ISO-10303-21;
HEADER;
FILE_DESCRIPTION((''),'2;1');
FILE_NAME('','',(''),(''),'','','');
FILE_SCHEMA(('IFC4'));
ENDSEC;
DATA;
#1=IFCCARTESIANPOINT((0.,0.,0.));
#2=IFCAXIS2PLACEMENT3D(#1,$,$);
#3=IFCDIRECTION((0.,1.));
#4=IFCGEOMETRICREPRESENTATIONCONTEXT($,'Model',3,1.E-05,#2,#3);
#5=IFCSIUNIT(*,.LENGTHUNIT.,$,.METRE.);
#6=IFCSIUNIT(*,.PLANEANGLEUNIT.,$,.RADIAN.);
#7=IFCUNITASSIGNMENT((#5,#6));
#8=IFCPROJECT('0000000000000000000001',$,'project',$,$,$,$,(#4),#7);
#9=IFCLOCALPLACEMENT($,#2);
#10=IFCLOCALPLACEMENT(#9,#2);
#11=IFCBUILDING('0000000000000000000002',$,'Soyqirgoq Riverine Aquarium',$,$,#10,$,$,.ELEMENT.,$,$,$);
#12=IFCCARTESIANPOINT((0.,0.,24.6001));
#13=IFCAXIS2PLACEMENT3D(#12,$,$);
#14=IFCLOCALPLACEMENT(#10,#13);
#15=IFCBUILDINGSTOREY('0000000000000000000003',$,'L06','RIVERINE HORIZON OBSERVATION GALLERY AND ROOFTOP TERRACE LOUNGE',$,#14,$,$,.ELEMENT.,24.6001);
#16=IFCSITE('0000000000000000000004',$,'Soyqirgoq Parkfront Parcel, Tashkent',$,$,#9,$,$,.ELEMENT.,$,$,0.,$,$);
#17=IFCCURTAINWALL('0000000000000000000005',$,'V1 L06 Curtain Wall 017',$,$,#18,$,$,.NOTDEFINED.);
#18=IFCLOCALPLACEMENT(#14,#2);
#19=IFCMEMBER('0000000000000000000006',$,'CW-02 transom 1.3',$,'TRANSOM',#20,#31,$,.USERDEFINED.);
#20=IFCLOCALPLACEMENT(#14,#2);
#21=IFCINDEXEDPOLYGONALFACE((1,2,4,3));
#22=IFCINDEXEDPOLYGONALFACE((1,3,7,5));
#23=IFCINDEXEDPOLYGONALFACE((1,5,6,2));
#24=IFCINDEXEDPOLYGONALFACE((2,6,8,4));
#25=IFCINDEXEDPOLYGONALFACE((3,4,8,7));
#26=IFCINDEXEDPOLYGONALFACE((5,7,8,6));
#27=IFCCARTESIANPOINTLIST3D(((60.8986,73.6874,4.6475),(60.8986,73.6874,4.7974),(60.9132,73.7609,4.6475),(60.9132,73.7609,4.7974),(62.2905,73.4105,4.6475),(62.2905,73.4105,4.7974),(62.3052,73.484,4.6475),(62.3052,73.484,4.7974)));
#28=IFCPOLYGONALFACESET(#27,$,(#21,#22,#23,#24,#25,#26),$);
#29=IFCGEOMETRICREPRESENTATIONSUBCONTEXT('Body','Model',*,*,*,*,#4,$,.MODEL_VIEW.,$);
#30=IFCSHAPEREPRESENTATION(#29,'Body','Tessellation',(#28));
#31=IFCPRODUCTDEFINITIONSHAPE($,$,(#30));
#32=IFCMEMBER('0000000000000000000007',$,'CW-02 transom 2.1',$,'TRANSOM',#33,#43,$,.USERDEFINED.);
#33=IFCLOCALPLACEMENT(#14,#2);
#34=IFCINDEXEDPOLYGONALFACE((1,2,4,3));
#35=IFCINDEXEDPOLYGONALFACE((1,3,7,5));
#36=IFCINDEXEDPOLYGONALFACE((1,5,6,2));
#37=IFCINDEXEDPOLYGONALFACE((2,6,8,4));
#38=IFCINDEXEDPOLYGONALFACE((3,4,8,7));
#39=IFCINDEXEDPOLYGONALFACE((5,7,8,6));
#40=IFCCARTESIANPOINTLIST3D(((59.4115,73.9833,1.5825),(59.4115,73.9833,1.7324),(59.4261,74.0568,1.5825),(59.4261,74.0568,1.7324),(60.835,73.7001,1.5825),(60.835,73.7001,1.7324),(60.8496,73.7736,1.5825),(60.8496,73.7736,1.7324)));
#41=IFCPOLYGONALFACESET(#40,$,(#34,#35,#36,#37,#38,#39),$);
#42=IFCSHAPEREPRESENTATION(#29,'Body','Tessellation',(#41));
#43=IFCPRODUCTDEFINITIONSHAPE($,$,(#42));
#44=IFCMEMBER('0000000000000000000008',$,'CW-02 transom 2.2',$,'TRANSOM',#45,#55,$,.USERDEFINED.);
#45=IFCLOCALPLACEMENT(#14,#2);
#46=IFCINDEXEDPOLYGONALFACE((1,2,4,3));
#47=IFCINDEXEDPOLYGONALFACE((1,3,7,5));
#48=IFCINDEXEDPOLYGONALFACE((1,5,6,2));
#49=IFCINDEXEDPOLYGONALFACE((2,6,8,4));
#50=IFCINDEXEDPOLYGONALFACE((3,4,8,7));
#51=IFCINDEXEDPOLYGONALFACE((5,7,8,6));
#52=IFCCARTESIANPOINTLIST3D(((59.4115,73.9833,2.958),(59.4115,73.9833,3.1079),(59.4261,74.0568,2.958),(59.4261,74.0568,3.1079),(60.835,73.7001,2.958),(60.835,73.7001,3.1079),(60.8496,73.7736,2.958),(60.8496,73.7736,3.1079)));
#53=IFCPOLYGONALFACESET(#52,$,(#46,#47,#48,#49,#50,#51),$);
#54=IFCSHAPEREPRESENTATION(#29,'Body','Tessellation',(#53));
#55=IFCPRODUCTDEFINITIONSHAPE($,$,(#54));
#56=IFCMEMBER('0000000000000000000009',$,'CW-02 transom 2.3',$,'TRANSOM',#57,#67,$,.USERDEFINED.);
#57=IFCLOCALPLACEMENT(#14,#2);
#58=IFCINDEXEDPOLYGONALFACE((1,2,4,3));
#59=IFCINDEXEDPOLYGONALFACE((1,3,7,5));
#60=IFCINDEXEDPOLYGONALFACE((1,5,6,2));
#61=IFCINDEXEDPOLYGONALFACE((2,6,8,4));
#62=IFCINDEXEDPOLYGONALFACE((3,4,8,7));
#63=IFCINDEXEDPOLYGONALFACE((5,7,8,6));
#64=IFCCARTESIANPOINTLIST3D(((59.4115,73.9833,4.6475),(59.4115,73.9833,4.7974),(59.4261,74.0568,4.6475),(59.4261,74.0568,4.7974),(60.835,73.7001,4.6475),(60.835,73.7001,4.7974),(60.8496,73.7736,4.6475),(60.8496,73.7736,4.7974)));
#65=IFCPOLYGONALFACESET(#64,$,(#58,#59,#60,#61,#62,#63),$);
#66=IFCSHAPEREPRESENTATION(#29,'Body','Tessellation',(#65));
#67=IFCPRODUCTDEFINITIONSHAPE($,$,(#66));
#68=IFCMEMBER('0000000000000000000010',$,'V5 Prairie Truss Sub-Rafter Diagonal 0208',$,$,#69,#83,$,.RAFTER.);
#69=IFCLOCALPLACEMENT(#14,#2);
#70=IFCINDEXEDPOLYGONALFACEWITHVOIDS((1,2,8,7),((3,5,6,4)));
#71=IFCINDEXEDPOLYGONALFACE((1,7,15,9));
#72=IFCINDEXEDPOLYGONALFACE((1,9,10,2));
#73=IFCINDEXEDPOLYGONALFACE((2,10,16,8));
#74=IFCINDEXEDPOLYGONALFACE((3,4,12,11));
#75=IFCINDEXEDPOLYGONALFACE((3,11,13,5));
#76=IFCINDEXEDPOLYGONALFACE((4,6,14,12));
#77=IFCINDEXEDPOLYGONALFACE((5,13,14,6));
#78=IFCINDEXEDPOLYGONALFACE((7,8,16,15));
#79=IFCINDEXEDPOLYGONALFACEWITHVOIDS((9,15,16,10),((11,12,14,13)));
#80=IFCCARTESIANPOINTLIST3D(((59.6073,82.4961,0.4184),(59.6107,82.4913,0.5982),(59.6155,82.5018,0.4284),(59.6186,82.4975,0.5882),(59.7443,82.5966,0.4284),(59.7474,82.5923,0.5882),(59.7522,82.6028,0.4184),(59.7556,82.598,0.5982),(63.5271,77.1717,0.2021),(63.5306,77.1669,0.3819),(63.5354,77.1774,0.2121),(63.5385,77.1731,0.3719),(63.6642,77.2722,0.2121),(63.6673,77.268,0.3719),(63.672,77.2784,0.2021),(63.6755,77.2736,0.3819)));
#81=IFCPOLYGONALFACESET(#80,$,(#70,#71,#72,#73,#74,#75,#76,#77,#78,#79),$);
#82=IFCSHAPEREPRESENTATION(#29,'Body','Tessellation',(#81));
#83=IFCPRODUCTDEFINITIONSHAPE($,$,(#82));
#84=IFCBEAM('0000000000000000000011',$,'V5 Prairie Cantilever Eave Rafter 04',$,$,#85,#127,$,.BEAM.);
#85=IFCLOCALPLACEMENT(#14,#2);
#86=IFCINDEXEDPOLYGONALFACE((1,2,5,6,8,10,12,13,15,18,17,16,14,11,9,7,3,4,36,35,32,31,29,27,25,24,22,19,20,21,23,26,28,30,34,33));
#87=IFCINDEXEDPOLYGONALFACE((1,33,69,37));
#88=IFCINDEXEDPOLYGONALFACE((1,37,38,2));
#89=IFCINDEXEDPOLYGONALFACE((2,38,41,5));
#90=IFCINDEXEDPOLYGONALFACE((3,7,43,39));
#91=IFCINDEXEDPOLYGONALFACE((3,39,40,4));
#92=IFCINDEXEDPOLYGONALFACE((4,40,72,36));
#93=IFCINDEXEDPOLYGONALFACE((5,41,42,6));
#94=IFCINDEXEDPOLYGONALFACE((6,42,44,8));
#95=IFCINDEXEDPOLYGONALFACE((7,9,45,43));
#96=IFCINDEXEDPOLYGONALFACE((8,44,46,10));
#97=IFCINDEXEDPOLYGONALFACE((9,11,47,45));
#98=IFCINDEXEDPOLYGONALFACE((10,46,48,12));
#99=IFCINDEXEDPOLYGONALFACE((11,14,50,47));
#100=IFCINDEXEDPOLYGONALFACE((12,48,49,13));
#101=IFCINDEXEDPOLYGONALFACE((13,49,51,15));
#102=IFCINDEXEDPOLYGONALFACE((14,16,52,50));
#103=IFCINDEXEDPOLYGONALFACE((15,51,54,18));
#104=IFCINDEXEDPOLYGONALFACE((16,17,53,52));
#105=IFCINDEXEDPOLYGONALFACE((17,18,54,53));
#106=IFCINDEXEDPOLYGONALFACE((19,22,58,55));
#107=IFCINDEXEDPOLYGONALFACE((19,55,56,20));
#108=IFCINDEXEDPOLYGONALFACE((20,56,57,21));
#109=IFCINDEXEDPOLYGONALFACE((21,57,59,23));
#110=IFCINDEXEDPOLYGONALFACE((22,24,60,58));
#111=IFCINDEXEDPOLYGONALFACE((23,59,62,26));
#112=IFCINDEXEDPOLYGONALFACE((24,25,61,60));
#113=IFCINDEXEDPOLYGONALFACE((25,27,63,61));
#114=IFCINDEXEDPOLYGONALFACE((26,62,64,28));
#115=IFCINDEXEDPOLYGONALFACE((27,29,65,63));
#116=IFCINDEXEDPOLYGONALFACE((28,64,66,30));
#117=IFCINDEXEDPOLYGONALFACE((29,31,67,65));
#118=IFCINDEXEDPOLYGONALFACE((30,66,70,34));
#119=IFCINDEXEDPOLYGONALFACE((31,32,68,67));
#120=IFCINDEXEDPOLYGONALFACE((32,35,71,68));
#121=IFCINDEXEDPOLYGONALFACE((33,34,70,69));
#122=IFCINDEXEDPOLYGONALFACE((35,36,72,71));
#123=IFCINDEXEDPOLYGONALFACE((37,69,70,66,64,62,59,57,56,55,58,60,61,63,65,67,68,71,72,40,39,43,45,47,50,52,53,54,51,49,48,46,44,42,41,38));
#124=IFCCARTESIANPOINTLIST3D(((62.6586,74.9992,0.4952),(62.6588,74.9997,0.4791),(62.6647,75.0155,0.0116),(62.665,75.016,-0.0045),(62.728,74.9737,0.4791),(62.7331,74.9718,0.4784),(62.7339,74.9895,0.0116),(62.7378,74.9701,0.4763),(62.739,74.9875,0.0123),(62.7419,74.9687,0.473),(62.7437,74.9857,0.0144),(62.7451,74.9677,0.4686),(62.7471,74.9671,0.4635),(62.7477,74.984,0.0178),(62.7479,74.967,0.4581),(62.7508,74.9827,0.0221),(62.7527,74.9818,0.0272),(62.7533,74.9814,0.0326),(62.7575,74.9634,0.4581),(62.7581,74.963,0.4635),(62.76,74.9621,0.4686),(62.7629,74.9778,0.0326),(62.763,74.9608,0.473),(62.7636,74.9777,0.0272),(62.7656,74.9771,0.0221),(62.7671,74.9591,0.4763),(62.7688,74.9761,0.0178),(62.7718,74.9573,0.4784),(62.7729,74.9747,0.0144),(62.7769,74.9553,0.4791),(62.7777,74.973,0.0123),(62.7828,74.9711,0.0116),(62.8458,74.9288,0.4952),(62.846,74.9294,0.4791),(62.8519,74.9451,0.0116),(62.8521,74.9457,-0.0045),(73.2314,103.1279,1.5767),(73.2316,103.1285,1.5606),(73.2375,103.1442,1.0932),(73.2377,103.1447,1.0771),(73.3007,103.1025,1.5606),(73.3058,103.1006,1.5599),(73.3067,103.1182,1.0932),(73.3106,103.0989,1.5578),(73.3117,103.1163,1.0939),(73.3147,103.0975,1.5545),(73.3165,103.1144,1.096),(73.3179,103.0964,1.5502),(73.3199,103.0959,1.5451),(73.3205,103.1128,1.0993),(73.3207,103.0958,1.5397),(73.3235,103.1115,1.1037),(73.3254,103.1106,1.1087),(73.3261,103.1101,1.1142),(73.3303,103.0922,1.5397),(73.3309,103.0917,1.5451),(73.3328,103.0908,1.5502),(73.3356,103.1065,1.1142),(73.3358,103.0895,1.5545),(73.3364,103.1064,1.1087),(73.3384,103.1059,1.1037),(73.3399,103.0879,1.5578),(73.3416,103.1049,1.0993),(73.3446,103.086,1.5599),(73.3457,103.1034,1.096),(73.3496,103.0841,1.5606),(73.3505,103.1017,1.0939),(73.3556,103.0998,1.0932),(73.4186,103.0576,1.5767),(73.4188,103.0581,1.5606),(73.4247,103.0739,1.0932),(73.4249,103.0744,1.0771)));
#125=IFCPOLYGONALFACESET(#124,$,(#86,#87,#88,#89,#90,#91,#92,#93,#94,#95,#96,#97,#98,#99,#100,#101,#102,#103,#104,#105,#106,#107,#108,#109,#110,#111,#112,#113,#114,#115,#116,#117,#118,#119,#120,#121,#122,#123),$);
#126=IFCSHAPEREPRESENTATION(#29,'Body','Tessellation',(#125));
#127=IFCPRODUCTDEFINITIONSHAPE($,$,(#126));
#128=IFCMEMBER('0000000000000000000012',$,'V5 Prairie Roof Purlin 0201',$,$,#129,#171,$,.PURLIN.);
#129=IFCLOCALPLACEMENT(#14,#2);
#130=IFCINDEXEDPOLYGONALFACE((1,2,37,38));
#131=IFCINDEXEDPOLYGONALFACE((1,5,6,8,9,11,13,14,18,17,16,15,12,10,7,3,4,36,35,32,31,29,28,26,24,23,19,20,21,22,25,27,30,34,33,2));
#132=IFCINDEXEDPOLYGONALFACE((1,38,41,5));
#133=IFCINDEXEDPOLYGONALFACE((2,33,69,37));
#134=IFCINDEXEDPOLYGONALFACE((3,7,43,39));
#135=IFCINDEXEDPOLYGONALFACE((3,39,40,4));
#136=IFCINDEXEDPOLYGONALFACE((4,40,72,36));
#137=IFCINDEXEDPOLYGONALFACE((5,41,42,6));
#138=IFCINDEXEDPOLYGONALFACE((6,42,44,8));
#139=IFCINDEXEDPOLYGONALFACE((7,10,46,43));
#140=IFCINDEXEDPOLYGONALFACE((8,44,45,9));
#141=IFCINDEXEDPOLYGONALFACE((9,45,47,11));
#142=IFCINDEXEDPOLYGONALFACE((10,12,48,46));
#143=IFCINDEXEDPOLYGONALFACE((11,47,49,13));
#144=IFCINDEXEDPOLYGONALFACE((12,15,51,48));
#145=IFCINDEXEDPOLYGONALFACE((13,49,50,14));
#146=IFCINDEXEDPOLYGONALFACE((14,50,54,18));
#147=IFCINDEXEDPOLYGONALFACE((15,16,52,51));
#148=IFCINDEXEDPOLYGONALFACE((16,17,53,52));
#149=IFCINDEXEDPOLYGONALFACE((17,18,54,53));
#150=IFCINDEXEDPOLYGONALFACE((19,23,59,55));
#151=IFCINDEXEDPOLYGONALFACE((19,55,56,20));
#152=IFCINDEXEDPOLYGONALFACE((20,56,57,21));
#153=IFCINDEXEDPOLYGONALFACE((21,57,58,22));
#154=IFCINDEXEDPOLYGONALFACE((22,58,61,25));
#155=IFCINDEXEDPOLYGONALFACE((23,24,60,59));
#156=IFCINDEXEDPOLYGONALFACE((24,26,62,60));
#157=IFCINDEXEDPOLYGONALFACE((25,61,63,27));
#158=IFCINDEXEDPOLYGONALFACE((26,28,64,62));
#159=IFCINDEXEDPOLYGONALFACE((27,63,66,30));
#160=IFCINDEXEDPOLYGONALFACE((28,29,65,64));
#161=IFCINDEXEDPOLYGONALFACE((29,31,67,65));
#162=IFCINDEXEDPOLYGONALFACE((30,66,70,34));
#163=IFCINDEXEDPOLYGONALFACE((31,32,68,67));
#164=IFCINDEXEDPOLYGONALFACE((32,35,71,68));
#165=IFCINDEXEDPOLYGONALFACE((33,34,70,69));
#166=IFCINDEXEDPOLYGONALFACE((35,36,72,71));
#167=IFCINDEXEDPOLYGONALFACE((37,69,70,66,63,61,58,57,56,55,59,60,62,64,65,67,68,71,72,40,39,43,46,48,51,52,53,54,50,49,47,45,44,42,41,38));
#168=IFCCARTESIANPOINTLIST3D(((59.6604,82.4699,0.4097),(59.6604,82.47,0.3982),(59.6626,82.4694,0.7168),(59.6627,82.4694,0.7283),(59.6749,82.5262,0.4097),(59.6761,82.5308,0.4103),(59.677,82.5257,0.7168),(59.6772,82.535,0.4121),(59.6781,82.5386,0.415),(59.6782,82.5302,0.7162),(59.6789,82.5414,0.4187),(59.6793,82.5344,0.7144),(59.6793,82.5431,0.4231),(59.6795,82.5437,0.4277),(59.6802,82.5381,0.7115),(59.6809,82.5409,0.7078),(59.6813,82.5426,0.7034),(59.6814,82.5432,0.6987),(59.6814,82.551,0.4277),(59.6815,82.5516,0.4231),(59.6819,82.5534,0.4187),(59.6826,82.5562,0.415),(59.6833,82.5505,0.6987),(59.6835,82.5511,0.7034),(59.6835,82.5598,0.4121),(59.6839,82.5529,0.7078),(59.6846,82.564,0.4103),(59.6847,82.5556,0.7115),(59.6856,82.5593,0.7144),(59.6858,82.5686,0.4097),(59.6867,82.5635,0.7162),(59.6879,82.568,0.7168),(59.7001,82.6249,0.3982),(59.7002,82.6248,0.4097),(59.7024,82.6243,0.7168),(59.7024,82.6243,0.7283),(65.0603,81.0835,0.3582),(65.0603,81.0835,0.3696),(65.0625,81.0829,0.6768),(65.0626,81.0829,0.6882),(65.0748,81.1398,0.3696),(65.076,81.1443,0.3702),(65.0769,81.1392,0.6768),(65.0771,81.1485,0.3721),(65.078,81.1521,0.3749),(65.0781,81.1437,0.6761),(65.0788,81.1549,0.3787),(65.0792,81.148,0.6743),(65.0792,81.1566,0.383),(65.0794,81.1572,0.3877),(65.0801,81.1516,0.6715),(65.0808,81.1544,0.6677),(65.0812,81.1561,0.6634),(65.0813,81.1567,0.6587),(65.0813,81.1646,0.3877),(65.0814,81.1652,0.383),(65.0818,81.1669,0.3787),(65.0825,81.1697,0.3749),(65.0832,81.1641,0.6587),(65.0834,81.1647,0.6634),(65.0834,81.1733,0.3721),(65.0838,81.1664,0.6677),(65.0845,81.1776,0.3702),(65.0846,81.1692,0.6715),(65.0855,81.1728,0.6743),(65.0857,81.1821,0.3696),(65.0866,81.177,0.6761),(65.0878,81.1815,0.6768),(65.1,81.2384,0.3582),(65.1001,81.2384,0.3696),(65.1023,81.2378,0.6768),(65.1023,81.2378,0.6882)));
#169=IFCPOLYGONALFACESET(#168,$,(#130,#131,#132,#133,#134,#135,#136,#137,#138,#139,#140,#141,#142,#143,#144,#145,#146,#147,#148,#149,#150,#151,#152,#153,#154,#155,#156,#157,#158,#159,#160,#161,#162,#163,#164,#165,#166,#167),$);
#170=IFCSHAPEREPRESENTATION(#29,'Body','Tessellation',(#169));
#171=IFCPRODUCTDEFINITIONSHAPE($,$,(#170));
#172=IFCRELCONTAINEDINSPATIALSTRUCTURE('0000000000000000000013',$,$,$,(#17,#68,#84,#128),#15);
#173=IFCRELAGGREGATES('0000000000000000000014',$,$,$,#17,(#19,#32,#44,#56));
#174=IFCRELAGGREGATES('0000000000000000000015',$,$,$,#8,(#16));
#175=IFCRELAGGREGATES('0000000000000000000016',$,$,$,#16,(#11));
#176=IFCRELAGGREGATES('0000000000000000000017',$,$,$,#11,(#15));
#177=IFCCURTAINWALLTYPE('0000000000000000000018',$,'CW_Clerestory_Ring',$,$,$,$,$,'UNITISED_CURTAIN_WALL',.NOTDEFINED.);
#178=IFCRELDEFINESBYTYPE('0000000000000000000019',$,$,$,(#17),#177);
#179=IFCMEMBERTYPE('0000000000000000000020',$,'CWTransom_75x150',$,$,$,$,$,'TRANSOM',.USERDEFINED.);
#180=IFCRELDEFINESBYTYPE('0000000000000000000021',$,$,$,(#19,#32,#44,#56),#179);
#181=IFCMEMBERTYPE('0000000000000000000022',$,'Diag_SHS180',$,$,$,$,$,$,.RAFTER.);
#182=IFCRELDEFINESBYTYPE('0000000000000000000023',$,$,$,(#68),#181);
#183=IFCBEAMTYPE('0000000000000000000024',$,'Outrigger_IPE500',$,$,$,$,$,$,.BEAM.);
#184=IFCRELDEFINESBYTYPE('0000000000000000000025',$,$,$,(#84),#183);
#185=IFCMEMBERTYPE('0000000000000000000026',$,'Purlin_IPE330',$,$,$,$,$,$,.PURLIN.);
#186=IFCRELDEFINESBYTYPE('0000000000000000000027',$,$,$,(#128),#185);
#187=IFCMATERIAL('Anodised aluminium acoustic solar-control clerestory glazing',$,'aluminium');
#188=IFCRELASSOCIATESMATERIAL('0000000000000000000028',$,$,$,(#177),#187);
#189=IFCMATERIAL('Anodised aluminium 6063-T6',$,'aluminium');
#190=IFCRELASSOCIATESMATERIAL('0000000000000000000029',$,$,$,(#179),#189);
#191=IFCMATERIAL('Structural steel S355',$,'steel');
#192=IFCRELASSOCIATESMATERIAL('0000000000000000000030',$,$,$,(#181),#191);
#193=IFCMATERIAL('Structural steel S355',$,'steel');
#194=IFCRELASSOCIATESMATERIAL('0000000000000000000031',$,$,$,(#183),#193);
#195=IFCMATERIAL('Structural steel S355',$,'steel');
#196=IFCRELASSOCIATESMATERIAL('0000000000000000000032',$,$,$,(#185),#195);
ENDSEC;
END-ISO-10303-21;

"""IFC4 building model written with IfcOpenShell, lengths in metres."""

from ifc_helpers import new_model, si_unit, direction, frame, origin, origin_2d, place, context, subcontext, project, spatial, rectangle, hollow_rectangle, i_section, extrude, material, material_profile, profile_set, type_object, element, aggregate, save


model = new_model("IFC4")

# Units and contexts
model_context = context("Model", 3, precision=1e-05, world=origin(), true_north=direction((0.0, 1.0)))
body_context = subcontext(model_context, "Body", "Model", "MODEL_VIEW")
ifc_project = project(units=[si_unit("LENGTHUNIT", "METRE"), si_unit("PLANEANGLEUNIT", "RADIAN")], contexts=[model_context])

# Site, building, storey
site_placement = place(None, origin())
site = spatial("IfcSite", under=ifc_project, at=site_placement, Name="Soyqirgoq Parkfront Parcel, Tashkent", CompositionType="ELEMENT", RefElevation=0.0)
building_placement = place(site_placement, origin())
building = spatial("IfcBuilding", under=site, at=building_placement, Name="Soyqirgoq Riverine Aquarium", CompositionType="ELEMENT")
storey_placement = place(building_placement, frame((0.0, 0.0, 24.6001)))
storey = spatial("IfcBuildingStorey", under=building, at=storey_placement, Name="L06", Description="RIVERINE HORIZON OBSERVATION GALLERY AND ROOFTOP TERRACE LOUNGE", CompositionType="ELEMENT", Elevation=24.6001)

# Curtain wall
ifc_material_1 = material(Name="Anodised aluminium acoustic solar-control clerestory glazing", Category="aluminium")
curtain_wall_type = type_object("IfcCurtainWallType", Name="CW_Clerestory_Ring", ElementType="UNITISED_CURTAIN_WALL", PredefinedType="NOTDEFINED", material=ifc_material_1)
curtain_wall_1_placement = place(storey_placement, origin())
curtain_wall_1 = element("IfcCurtainWall", 1, at=curtain_wall_1_placement, inside=storey, type_object=curtain_wall_type, Name="V1 L06 Curtain Wall 017", PredefinedType="NOTDEFINED")

# Members
ifc_material_2 = material(Name="Anodised aluminium 6063-T6", Category="aluminium")
ifc_material_profile_1 = material_profile(ifc_material_2, rectangle(XDim=0.075, YDim=0.1499, at=origin_2d()), Name="ALU-T 75x150")
ifc_profile_set_1 = profile_set([ifc_material_profile_1], Name="Anodised aluminium 6063-T6")
member_type_1 = type_object("IfcMemberType", Name="CWTransom_75x150", ElementType="TRANSOM", PredefinedType="USERDEFINED", material=ifc_profile_set_1)
member_1_placement = place(storey_placement, frame((62.2979, 73.4473, 4.7224), z_axis=(-0.980785, 0.19509, 0.0), x_axis=(-0.19509, -0.980785, 0.0)))
member_1 = element("IfcMember", 2, at=member_1_placement, type_object=member_type_1, Name="CW-02 transom 1.3", ObjectType="TRANSOM", PredefinedType="USERDEFINED", context=body_context, shape_type="SweptSolid", body=[
    extrude(rectangle(XDim=0.075, YDim=0.1499, at=origin_2d()), origin(), (0.0, 0.0, 1.0), 1.4192),
])
member_2_placement = place(storey_placement, frame((60.8423, 73.7368, 1.6575), z_axis=(-0.980781, 0.195113, 0.0), x_axis=(-0.195113, -0.980781, 0.0)))
member_2 = element("IfcMember", 3, at=member_2_placement, type_object=member_type_1, Name="CW-02 transom 2.1", ObjectType="TRANSOM", PredefinedType="USERDEFINED", context=body_context, shape_type="SweptSolid", body=[
    extrude(rectangle(XDim=0.075, YDim=0.1499, at=origin_2d()), origin(), (0.0, 0.0, 1.0), 1.4514),
])
member_3_placement = place(storey_placement, frame((60.8423, 73.7368, 3.033), z_axis=(-0.980781, 0.195113, 0.0), x_axis=(-0.195113, -0.980781, 0.0)))
member_3 = element("IfcMember", 4, at=member_3_placement, type_object=member_type_1, Name="CW-02 transom 2.2", ObjectType="TRANSOM", PredefinedType="USERDEFINED", context=body_context, shape_type="SweptSolid", body=[
    extrude(rectangle(XDim=0.075, YDim=0.1499, at=origin_2d()), origin(), (0.0, 0.0, 1.0), 1.4514),
])
member_4_placement = place(storey_placement, frame((60.8423, 73.7368, 4.7224), z_axis=(-0.980781, 0.195113, 0.0), x_axis=(-0.195113, -0.980781, 0.0)))
member_4 = element("IfcMember", 5, at=member_4_placement, type_object=member_type_1, Name="CW-02 transom 2.3", ObjectType="TRANSOM", PredefinedType="USERDEFINED", context=body_context, shape_type="SweptSolid", body=[
    extrude(rectangle(XDim=0.075, YDim=0.1499, at=origin_2d()), origin(), (0.0, 0.0, 1.0), 1.4514),
])
ifc_material_3 = material(Name="Structural steel S355", Category="steel")
ifc_material_profile_2 = material_profile(ifc_material_3, hollow_rectangle(XDim=0.1799, YDim=0.1799, WallThickness=0.01, at=origin_2d()), Name="SHS 180x180x10")
ifc_profile_set_2 = profile_set([ifc_material_profile_2], Name="Structural steel S355")
member_type_2 = type_object("IfcMemberType", Name="Diag_SHS180", PredefinedType="RAFTER", material=ifc_profile_set_2)
member_5_placement = place(storey_placement, frame((63.6013, 77.2227, 0.292), z_axis=(-0.592552, 0.804868, 0.032698), x_axis=(-0.805299, -0.592869, 0.0)))
element("IfcMember", 6, at=member_5_placement, inside=storey, type_object=member_type_2, Name="V5 Prairie Truss Sub-Rafter Diagonal 0208", PredefinedType="RAFTER", context=body_context, shape_type="SweptSolid", body=[
    extrude(hollow_rectangle(XDim=0.1799, YDim=0.1799, WallThickness=0.01, at=origin_2d()), origin(), (0.0, 0.0, 1.0), 6.6152),
])

# Beam
ifc_material_4 = material(Name="Structural steel S355", Category="steel")
ifc_material_profile_3 = material_profile(ifc_material_4, i_section(OverallWidth=0.2, OverallDepth=0.5, WebThickness=0.0103, FlangeThickness=0.0161, FilletRadius=0.021, at=origin_2d()), Name="IPE 500")
ifc_profile_set_3 = profile_set([ifc_material_profile_3], Name="Structural steel S355")
beam_type_1 = type_object("IfcBeamType", Name="Outrigger_IPE500", PredefinedType="BEAM", material=ifc_profile_set_3)
beam_1_placement = place(storey_placement, frame((62.7554, 74.9724, 0.2454), z_axis=(0.351611, 0.935455, 0.035968), x_axis=(-0.936061, 0.351838, 0.0)))
element("IfcBeam", 7, at=beam_1_placement, inside=storey, type_object=beam_type_1, Name="V5 Prairie Cantilever Eave Rafter 04", PredefinedType="BEAM", context=body_context, shape_type="SweptSolid", body=[
    extrude(i_section(OverallWidth=0.2, OverallDepth=0.5, WebThickness=0.0103, FlangeThickness=0.0161, FilletRadius=0.021, at=origin_2d()), origin(), (0.0, 0.0, 1.0), 30.0696),
])

# Member
ifc_material_5 = material(Name="Structural steel S355", Category="steel")
ifc_material_profile_4 = material_profile(ifc_material_5, i_section(OverallWidth=0.1599, OverallDepth=0.3301, WebThickness=0.0076, FlangeThickness=0.0115, FilletRadius=0.0181, at=origin_2d()), Name="IPE 330")
ifc_profile_set_4 = profile_set([ifc_material_profile_4], Name="Structural steel S355")
member_type_3 = type_object("IfcMemberType", Name="Purlin_IPE330", PredefinedType="PURLIN", material=ifc_profile_set_4)
member_6_placement = place(storey_placement, frame((65.0813, 81.1606, 0.5232), z_axis=(-0.968558, 0.248686, 0.007182), x_axis=(-0.248692, -0.968582, 0.0)))
element("IfcMember", 8, at=member_6_placement, inside=storey, type_object=member_type_3, Name="V5 Prairie Roof Purlin 0201", PredefinedType="PURLIN", context=body_context, shape_type="SweptSolid", body=[
    extrude(i_section(OverallWidth=0.1599, OverallDepth=0.3301, WebThickness=0.0076, FlangeThickness=0.0115, FilletRadius=0.0181, at=origin_2d()), origin(), (0.0, 0.0, 1.0), 5.5752),
])

aggregate(curtain_wall_1, [member_1, member_2, member_3, member_4])

save(model, "model.ifc")
